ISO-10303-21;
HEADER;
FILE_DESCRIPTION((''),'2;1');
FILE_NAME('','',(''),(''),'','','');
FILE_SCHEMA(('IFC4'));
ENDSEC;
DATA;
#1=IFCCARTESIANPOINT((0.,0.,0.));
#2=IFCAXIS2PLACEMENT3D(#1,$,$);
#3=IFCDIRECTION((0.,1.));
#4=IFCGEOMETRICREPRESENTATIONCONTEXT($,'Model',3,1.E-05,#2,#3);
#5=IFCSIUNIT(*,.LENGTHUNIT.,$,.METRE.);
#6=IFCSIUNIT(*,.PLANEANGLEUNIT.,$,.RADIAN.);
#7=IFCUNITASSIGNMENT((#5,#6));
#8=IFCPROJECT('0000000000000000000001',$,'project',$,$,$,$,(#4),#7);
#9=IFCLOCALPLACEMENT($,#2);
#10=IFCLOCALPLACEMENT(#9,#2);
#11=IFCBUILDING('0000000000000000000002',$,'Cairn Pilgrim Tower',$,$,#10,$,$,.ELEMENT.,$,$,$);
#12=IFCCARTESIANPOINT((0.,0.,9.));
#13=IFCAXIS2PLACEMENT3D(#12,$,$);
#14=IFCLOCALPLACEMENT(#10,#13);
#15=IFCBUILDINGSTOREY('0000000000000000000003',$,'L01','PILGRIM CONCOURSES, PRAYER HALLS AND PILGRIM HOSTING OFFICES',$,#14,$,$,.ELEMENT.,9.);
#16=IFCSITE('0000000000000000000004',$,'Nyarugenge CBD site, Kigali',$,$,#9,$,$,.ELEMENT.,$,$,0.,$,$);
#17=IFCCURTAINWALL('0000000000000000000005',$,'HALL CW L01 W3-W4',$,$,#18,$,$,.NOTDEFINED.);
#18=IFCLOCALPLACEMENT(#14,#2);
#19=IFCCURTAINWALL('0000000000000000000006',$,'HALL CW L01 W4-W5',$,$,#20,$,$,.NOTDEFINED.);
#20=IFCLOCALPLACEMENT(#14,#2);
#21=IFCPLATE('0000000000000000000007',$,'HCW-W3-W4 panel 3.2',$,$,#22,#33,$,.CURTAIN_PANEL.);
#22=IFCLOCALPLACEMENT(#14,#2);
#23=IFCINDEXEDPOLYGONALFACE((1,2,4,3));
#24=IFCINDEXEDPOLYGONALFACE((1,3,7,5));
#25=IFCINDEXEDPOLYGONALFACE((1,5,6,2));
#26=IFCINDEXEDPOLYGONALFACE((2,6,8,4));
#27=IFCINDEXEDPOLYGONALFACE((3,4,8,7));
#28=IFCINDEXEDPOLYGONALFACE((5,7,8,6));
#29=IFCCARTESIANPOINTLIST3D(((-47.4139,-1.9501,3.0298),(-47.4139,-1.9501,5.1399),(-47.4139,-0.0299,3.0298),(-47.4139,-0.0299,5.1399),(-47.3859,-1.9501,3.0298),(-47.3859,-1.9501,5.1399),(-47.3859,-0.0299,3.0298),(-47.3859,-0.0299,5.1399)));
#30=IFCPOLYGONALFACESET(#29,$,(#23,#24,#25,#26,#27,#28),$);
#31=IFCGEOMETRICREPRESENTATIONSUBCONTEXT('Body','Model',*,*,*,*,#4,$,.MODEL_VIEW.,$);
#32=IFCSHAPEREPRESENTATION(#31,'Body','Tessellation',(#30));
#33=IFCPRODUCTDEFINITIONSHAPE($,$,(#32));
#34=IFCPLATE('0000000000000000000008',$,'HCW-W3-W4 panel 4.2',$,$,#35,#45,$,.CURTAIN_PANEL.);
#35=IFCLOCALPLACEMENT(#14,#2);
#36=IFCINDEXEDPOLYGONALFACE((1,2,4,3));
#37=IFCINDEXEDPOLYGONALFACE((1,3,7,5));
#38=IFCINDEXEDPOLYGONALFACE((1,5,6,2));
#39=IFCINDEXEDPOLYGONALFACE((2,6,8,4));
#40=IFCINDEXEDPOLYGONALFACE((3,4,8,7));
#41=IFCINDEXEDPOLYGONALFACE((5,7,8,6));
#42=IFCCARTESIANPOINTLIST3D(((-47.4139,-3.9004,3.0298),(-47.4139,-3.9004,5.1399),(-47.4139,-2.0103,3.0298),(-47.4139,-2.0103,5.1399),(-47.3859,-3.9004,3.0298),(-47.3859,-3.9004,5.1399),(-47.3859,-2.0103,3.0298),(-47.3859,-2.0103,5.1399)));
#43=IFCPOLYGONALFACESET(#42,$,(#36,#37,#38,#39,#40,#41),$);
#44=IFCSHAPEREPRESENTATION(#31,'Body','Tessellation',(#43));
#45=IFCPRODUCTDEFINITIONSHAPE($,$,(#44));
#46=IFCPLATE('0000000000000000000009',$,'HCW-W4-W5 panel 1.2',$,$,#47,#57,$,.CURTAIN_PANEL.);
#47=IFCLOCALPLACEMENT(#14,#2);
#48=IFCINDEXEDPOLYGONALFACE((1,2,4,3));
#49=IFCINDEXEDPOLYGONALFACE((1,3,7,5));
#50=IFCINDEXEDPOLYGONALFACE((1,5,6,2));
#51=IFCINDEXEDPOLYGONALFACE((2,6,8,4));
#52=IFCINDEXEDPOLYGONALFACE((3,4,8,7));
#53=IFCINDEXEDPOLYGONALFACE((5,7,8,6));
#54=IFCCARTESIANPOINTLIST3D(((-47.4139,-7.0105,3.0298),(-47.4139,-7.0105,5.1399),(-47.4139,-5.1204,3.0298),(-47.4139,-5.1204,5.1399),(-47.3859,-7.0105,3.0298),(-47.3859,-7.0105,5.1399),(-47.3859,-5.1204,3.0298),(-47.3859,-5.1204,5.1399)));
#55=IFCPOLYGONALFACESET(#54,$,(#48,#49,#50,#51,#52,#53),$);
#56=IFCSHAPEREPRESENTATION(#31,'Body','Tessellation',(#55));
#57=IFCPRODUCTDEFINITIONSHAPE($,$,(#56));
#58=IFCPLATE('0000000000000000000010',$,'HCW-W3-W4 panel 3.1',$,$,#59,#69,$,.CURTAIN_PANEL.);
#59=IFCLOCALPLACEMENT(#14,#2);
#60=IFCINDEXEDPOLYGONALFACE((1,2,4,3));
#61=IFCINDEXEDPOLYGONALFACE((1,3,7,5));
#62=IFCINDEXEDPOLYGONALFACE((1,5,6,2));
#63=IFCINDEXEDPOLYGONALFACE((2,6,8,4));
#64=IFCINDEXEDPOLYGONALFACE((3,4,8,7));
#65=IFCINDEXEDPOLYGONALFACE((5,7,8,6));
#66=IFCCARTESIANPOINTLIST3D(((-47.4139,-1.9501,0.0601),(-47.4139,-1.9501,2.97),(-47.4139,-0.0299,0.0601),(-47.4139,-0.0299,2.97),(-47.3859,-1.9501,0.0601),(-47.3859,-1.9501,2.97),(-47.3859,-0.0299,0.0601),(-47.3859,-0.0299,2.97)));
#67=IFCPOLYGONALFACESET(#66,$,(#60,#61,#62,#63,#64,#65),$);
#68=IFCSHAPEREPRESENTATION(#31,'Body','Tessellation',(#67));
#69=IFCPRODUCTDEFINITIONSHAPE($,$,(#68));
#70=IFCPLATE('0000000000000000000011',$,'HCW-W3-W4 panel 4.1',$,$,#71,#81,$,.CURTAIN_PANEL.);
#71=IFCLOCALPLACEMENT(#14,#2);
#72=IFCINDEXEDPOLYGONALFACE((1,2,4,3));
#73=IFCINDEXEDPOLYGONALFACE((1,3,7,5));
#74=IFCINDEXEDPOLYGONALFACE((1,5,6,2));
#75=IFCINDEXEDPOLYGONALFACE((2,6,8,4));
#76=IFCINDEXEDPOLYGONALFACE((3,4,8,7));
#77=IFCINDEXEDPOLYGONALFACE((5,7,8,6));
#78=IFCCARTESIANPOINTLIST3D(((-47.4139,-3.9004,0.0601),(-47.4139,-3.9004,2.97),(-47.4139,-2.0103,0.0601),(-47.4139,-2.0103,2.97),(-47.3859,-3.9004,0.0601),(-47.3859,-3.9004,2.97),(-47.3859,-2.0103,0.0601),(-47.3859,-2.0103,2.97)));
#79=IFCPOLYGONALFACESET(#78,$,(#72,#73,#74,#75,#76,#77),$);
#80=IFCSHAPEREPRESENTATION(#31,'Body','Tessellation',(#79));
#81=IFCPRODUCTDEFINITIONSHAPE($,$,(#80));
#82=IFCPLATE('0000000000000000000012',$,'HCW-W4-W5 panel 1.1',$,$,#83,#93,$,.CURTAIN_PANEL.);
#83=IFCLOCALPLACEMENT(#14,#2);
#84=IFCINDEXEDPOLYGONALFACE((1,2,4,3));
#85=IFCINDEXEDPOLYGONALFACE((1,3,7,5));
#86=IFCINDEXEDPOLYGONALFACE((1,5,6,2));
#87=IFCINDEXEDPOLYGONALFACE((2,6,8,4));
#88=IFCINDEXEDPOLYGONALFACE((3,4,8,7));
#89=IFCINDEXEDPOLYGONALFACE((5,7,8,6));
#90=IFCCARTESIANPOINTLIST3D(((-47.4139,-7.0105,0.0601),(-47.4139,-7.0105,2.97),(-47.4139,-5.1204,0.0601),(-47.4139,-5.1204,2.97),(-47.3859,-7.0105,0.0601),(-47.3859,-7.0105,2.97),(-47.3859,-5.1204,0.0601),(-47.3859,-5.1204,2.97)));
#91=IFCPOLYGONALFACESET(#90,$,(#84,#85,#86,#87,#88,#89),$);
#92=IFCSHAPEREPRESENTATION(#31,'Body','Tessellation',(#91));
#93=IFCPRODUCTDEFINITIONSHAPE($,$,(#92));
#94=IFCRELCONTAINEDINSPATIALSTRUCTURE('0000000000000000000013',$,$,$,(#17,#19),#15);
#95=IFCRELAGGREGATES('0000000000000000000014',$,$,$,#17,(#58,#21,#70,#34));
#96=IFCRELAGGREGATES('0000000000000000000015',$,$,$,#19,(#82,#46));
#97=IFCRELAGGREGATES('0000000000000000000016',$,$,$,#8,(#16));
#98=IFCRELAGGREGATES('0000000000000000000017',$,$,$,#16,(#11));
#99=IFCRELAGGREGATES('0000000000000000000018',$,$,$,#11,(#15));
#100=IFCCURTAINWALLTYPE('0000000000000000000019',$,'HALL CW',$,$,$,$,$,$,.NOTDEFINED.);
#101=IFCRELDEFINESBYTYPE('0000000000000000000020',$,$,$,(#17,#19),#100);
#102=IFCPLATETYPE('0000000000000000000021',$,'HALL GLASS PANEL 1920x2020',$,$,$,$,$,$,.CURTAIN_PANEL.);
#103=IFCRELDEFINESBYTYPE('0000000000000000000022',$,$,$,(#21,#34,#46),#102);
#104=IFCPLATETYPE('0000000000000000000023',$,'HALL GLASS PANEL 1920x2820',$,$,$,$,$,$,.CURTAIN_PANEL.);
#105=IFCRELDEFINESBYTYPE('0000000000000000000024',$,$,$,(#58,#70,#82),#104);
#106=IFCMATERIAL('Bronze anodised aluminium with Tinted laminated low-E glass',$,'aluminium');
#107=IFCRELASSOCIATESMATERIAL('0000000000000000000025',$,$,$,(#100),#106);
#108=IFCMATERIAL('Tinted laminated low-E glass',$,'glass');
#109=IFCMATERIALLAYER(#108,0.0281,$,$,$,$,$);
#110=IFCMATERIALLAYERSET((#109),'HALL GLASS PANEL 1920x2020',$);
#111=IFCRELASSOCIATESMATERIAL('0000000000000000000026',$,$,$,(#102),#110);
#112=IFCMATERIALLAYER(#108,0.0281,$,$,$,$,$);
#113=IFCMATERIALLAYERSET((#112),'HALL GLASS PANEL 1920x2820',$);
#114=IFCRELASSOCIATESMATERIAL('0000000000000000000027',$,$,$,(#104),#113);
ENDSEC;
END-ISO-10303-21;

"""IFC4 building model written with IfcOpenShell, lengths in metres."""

from ifc_helpers import new_model, si_unit, direction, frame, origin, origin_2d, place, context, subcontext, project, spatial, rectangle, extrude, material, layer, layer_set, type_object, element, aggregate, save


model = new_model("IFC4")

# Units and contexts
model_context = context("Model", 3, precision=1e-05, world=origin(), true_north=direction((0.0, 1.0)))
body_context = subcontext(model_context, "Body", "Model", "MODEL_VIEW")
ifc_project = project(units=[si_unit("LENGTHUNIT", "METRE"), si_unit("PLANEANGLEUNIT", "RADIAN")], contexts=[model_context])

# Site, building, storey
site_placement = place(None, origin())
site = spatial("IfcSite", under=ifc_project, at=site_placement, Name="Nyarugenge CBD site, Kigali", CompositionType="ELEMENT", RefElevation=0.0)
building_placement = place(site_placement, origin())
building = spatial("IfcBuilding", under=site, at=building_placement, Name="Cairn Pilgrim Tower", CompositionType="ELEMENT")
storey_placement = place(building_placement, frame((0.0, 0.0, 9.0)))
storey = spatial("IfcBuildingStorey", under=building, at=storey_placement, Name="L01", Description="PILGRIM CONCOURSES, PRAYER HALLS AND PILGRIM HOSTING OFFICES", CompositionType="ELEMENT", Elevation=9.0)

# Curtain walls
ifc_material_1 = material(Name="Bronze anodised aluminium with Tinted laminated low-E glass", Category="aluminium")
curtain_wall_type = type_object("IfcCurtainWallType", Name="HALL CW", PredefinedType="NOTDEFINED", material=ifc_material_1)
curtain_wall_1_placement = place(storey_placement, origin())
curtain_wall_1 = element("IfcCurtainWall", 1, at=curtain_wall_1_placement, inside=storey, type_object=curtain_wall_type, Name="HALL CW L01 W3-W4", PredefinedType="NOTDEFINED")
curtain_wall_2_placement = place(storey_placement, origin())
curtain_wall_2 = element("IfcCurtainWall", 2, at=curtain_wall_2_placement, inside=storey, type_object=curtain_wall_type, Name="HALL CW L01 W4-W5", PredefinedType="NOTDEFINED")

# Plates
ifc_material_2 = material(Name="Tinted laminated low-E glass", Category="glass")
ifc_layer_1 = layer(ifc_material_2, 0.0281)
ifc_layer_set_1 = layer_set([ifc_layer_1], Name="HALL GLASS PANEL 1920x2020")
plate_type_1 = type_object("IfcPlateType", Name="HALL GLASS PANEL 1920x2020", PredefinedType="CURTAIN_PANEL", material=ifc_layer_set_1)
plate_1_placement = place(storey_placement, frame((-47.3999, -0.99, 3.0298), z_axis=(0.0, 0.0, 1.0), x_axis=(0.0, -1.0, 0.0)))
plate_1 = element("IfcPlate", 3, at=plate_1_placement, type_object=plate_type_1, Name="HCW-W3-W4 panel 3.2", PredefinedType="CURTAIN_PANEL", context=body_context, shape_type="SweptSolid", body=[
    extrude(rectangle(XDim=1.9202, YDim=0.0281, at=origin_2d()), origin(), (0.0, 0.0, 1.0), 2.1101),
])
plate_2_placement = place(storey_placement, frame((-47.3999, -2.9553, 3.0298), z_axis=(0.0, 0.0, 1.0), x_axis=(0.0, -1.0, 0.0)))
plate_2 = element("IfcPlate", 4, at=plate_2_placement, type_object=plate_type_1, Name="HCW-W3-W4 panel 4.2", PredefinedType="CURTAIN_PANEL", context=body_context, shape_type="SweptSolid", body=[
    extrude(rectangle(XDim=1.8901, YDim=0.0281, at=origin_2d()), origin(), (0.0, 0.0, 1.0), 2.1101),
])
plate_3_placement = place(storey_placement, frame((-47.3999, -6.0654, 3.0298), z_axis=(0.0, 0.0, 1.0), x_axis=(0.0, -1.0, 0.0)))
plate_3 = element("IfcPlate", 5, at=plate_3_placement, type_object=plate_type_1, Name="HCW-W4-W5 panel 1.2", PredefinedType="CURTAIN_PANEL", context=body_context, shape_type="SweptSolid", body=[
    extrude(rectangle(XDim=1.8901, YDim=0.0281, at=origin_2d()), origin(), (0.0, 0.0, 1.0), 2.1101),
])
ifc_layer_2 = layer(ifc_material_2, 0.0281)
ifc_layer_set_2 = layer_set([ifc_layer_2], Name="HALL GLASS PANEL 1920x2820")
plate_type_2 = type_object("IfcPlateType", Name="HALL GLASS PANEL 1920x2820", PredefinedType="CURTAIN_PANEL", material=ifc_layer_set_2)
plate_4_placement = place(storey_placement, frame((-47.3999, -0.99, 0.0601), z_axis=(0.0, 0.0, 1.0), x_axis=(0.0, -1.0, 0.0)))
plate_4 = element("IfcPlate", 6, at=plate_4_placement, type_object=plate_type_2, Name="HCW-W3-W4 panel 3.1", PredefinedType="CURTAIN_PANEL", context=body_context, shape_type="SweptSolid", body=[
    extrude(rectangle(XDim=1.9202, YDim=0.0281, at=origin_2d()), origin(), (0.0, 0.0, 1.0), 2.9099),
])
plate_5_placement = place(storey_placement, frame((-47.3999, -2.9553, 0.0601), z_axis=(0.0, 0.0, 1.0), x_axis=(0.0, -1.0, 0.0)))
plate_5 = element("IfcPlate", 7, at=plate_5_placement, type_object=plate_type_2, Name="HCW-W3-W4 panel 4.1", PredefinedType="CURTAIN_PANEL", context=body_context, shape_type="SweptSolid", body=[
    extrude(rectangle(XDim=1.8901, YDim=0.0281, at=origin_2d()), origin(), (0.0, 0.0, 1.0), 2.9099),
])
aggregate(curtain_wall_1, [plate_4, plate_1, plate_5, plate_2])
plate_6_placement = place(storey_placement, frame((-47.3999, -6.0654, 0.0601), z_axis=(0.0, 0.0, 1.0), x_axis=(0.0, -1.0, 0.0)))
plate_6 = element("IfcPlate", 8, at=plate_6_placement, type_object=plate_type_2, Name="HCW-W4-W5 panel 1.1", PredefinedType="CURTAIN_PANEL", context=body_context, shape_type="SweptSolid", body=[
    extrude(rectangle(XDim=1.8901, YDim=0.0281, at=origin_2d()), origin(), (0.0, 0.0, 1.0), 2.9099),
])
aggregate(curtain_wall_2, [plate_6, plate_3])

save(model, "model.ifc")
